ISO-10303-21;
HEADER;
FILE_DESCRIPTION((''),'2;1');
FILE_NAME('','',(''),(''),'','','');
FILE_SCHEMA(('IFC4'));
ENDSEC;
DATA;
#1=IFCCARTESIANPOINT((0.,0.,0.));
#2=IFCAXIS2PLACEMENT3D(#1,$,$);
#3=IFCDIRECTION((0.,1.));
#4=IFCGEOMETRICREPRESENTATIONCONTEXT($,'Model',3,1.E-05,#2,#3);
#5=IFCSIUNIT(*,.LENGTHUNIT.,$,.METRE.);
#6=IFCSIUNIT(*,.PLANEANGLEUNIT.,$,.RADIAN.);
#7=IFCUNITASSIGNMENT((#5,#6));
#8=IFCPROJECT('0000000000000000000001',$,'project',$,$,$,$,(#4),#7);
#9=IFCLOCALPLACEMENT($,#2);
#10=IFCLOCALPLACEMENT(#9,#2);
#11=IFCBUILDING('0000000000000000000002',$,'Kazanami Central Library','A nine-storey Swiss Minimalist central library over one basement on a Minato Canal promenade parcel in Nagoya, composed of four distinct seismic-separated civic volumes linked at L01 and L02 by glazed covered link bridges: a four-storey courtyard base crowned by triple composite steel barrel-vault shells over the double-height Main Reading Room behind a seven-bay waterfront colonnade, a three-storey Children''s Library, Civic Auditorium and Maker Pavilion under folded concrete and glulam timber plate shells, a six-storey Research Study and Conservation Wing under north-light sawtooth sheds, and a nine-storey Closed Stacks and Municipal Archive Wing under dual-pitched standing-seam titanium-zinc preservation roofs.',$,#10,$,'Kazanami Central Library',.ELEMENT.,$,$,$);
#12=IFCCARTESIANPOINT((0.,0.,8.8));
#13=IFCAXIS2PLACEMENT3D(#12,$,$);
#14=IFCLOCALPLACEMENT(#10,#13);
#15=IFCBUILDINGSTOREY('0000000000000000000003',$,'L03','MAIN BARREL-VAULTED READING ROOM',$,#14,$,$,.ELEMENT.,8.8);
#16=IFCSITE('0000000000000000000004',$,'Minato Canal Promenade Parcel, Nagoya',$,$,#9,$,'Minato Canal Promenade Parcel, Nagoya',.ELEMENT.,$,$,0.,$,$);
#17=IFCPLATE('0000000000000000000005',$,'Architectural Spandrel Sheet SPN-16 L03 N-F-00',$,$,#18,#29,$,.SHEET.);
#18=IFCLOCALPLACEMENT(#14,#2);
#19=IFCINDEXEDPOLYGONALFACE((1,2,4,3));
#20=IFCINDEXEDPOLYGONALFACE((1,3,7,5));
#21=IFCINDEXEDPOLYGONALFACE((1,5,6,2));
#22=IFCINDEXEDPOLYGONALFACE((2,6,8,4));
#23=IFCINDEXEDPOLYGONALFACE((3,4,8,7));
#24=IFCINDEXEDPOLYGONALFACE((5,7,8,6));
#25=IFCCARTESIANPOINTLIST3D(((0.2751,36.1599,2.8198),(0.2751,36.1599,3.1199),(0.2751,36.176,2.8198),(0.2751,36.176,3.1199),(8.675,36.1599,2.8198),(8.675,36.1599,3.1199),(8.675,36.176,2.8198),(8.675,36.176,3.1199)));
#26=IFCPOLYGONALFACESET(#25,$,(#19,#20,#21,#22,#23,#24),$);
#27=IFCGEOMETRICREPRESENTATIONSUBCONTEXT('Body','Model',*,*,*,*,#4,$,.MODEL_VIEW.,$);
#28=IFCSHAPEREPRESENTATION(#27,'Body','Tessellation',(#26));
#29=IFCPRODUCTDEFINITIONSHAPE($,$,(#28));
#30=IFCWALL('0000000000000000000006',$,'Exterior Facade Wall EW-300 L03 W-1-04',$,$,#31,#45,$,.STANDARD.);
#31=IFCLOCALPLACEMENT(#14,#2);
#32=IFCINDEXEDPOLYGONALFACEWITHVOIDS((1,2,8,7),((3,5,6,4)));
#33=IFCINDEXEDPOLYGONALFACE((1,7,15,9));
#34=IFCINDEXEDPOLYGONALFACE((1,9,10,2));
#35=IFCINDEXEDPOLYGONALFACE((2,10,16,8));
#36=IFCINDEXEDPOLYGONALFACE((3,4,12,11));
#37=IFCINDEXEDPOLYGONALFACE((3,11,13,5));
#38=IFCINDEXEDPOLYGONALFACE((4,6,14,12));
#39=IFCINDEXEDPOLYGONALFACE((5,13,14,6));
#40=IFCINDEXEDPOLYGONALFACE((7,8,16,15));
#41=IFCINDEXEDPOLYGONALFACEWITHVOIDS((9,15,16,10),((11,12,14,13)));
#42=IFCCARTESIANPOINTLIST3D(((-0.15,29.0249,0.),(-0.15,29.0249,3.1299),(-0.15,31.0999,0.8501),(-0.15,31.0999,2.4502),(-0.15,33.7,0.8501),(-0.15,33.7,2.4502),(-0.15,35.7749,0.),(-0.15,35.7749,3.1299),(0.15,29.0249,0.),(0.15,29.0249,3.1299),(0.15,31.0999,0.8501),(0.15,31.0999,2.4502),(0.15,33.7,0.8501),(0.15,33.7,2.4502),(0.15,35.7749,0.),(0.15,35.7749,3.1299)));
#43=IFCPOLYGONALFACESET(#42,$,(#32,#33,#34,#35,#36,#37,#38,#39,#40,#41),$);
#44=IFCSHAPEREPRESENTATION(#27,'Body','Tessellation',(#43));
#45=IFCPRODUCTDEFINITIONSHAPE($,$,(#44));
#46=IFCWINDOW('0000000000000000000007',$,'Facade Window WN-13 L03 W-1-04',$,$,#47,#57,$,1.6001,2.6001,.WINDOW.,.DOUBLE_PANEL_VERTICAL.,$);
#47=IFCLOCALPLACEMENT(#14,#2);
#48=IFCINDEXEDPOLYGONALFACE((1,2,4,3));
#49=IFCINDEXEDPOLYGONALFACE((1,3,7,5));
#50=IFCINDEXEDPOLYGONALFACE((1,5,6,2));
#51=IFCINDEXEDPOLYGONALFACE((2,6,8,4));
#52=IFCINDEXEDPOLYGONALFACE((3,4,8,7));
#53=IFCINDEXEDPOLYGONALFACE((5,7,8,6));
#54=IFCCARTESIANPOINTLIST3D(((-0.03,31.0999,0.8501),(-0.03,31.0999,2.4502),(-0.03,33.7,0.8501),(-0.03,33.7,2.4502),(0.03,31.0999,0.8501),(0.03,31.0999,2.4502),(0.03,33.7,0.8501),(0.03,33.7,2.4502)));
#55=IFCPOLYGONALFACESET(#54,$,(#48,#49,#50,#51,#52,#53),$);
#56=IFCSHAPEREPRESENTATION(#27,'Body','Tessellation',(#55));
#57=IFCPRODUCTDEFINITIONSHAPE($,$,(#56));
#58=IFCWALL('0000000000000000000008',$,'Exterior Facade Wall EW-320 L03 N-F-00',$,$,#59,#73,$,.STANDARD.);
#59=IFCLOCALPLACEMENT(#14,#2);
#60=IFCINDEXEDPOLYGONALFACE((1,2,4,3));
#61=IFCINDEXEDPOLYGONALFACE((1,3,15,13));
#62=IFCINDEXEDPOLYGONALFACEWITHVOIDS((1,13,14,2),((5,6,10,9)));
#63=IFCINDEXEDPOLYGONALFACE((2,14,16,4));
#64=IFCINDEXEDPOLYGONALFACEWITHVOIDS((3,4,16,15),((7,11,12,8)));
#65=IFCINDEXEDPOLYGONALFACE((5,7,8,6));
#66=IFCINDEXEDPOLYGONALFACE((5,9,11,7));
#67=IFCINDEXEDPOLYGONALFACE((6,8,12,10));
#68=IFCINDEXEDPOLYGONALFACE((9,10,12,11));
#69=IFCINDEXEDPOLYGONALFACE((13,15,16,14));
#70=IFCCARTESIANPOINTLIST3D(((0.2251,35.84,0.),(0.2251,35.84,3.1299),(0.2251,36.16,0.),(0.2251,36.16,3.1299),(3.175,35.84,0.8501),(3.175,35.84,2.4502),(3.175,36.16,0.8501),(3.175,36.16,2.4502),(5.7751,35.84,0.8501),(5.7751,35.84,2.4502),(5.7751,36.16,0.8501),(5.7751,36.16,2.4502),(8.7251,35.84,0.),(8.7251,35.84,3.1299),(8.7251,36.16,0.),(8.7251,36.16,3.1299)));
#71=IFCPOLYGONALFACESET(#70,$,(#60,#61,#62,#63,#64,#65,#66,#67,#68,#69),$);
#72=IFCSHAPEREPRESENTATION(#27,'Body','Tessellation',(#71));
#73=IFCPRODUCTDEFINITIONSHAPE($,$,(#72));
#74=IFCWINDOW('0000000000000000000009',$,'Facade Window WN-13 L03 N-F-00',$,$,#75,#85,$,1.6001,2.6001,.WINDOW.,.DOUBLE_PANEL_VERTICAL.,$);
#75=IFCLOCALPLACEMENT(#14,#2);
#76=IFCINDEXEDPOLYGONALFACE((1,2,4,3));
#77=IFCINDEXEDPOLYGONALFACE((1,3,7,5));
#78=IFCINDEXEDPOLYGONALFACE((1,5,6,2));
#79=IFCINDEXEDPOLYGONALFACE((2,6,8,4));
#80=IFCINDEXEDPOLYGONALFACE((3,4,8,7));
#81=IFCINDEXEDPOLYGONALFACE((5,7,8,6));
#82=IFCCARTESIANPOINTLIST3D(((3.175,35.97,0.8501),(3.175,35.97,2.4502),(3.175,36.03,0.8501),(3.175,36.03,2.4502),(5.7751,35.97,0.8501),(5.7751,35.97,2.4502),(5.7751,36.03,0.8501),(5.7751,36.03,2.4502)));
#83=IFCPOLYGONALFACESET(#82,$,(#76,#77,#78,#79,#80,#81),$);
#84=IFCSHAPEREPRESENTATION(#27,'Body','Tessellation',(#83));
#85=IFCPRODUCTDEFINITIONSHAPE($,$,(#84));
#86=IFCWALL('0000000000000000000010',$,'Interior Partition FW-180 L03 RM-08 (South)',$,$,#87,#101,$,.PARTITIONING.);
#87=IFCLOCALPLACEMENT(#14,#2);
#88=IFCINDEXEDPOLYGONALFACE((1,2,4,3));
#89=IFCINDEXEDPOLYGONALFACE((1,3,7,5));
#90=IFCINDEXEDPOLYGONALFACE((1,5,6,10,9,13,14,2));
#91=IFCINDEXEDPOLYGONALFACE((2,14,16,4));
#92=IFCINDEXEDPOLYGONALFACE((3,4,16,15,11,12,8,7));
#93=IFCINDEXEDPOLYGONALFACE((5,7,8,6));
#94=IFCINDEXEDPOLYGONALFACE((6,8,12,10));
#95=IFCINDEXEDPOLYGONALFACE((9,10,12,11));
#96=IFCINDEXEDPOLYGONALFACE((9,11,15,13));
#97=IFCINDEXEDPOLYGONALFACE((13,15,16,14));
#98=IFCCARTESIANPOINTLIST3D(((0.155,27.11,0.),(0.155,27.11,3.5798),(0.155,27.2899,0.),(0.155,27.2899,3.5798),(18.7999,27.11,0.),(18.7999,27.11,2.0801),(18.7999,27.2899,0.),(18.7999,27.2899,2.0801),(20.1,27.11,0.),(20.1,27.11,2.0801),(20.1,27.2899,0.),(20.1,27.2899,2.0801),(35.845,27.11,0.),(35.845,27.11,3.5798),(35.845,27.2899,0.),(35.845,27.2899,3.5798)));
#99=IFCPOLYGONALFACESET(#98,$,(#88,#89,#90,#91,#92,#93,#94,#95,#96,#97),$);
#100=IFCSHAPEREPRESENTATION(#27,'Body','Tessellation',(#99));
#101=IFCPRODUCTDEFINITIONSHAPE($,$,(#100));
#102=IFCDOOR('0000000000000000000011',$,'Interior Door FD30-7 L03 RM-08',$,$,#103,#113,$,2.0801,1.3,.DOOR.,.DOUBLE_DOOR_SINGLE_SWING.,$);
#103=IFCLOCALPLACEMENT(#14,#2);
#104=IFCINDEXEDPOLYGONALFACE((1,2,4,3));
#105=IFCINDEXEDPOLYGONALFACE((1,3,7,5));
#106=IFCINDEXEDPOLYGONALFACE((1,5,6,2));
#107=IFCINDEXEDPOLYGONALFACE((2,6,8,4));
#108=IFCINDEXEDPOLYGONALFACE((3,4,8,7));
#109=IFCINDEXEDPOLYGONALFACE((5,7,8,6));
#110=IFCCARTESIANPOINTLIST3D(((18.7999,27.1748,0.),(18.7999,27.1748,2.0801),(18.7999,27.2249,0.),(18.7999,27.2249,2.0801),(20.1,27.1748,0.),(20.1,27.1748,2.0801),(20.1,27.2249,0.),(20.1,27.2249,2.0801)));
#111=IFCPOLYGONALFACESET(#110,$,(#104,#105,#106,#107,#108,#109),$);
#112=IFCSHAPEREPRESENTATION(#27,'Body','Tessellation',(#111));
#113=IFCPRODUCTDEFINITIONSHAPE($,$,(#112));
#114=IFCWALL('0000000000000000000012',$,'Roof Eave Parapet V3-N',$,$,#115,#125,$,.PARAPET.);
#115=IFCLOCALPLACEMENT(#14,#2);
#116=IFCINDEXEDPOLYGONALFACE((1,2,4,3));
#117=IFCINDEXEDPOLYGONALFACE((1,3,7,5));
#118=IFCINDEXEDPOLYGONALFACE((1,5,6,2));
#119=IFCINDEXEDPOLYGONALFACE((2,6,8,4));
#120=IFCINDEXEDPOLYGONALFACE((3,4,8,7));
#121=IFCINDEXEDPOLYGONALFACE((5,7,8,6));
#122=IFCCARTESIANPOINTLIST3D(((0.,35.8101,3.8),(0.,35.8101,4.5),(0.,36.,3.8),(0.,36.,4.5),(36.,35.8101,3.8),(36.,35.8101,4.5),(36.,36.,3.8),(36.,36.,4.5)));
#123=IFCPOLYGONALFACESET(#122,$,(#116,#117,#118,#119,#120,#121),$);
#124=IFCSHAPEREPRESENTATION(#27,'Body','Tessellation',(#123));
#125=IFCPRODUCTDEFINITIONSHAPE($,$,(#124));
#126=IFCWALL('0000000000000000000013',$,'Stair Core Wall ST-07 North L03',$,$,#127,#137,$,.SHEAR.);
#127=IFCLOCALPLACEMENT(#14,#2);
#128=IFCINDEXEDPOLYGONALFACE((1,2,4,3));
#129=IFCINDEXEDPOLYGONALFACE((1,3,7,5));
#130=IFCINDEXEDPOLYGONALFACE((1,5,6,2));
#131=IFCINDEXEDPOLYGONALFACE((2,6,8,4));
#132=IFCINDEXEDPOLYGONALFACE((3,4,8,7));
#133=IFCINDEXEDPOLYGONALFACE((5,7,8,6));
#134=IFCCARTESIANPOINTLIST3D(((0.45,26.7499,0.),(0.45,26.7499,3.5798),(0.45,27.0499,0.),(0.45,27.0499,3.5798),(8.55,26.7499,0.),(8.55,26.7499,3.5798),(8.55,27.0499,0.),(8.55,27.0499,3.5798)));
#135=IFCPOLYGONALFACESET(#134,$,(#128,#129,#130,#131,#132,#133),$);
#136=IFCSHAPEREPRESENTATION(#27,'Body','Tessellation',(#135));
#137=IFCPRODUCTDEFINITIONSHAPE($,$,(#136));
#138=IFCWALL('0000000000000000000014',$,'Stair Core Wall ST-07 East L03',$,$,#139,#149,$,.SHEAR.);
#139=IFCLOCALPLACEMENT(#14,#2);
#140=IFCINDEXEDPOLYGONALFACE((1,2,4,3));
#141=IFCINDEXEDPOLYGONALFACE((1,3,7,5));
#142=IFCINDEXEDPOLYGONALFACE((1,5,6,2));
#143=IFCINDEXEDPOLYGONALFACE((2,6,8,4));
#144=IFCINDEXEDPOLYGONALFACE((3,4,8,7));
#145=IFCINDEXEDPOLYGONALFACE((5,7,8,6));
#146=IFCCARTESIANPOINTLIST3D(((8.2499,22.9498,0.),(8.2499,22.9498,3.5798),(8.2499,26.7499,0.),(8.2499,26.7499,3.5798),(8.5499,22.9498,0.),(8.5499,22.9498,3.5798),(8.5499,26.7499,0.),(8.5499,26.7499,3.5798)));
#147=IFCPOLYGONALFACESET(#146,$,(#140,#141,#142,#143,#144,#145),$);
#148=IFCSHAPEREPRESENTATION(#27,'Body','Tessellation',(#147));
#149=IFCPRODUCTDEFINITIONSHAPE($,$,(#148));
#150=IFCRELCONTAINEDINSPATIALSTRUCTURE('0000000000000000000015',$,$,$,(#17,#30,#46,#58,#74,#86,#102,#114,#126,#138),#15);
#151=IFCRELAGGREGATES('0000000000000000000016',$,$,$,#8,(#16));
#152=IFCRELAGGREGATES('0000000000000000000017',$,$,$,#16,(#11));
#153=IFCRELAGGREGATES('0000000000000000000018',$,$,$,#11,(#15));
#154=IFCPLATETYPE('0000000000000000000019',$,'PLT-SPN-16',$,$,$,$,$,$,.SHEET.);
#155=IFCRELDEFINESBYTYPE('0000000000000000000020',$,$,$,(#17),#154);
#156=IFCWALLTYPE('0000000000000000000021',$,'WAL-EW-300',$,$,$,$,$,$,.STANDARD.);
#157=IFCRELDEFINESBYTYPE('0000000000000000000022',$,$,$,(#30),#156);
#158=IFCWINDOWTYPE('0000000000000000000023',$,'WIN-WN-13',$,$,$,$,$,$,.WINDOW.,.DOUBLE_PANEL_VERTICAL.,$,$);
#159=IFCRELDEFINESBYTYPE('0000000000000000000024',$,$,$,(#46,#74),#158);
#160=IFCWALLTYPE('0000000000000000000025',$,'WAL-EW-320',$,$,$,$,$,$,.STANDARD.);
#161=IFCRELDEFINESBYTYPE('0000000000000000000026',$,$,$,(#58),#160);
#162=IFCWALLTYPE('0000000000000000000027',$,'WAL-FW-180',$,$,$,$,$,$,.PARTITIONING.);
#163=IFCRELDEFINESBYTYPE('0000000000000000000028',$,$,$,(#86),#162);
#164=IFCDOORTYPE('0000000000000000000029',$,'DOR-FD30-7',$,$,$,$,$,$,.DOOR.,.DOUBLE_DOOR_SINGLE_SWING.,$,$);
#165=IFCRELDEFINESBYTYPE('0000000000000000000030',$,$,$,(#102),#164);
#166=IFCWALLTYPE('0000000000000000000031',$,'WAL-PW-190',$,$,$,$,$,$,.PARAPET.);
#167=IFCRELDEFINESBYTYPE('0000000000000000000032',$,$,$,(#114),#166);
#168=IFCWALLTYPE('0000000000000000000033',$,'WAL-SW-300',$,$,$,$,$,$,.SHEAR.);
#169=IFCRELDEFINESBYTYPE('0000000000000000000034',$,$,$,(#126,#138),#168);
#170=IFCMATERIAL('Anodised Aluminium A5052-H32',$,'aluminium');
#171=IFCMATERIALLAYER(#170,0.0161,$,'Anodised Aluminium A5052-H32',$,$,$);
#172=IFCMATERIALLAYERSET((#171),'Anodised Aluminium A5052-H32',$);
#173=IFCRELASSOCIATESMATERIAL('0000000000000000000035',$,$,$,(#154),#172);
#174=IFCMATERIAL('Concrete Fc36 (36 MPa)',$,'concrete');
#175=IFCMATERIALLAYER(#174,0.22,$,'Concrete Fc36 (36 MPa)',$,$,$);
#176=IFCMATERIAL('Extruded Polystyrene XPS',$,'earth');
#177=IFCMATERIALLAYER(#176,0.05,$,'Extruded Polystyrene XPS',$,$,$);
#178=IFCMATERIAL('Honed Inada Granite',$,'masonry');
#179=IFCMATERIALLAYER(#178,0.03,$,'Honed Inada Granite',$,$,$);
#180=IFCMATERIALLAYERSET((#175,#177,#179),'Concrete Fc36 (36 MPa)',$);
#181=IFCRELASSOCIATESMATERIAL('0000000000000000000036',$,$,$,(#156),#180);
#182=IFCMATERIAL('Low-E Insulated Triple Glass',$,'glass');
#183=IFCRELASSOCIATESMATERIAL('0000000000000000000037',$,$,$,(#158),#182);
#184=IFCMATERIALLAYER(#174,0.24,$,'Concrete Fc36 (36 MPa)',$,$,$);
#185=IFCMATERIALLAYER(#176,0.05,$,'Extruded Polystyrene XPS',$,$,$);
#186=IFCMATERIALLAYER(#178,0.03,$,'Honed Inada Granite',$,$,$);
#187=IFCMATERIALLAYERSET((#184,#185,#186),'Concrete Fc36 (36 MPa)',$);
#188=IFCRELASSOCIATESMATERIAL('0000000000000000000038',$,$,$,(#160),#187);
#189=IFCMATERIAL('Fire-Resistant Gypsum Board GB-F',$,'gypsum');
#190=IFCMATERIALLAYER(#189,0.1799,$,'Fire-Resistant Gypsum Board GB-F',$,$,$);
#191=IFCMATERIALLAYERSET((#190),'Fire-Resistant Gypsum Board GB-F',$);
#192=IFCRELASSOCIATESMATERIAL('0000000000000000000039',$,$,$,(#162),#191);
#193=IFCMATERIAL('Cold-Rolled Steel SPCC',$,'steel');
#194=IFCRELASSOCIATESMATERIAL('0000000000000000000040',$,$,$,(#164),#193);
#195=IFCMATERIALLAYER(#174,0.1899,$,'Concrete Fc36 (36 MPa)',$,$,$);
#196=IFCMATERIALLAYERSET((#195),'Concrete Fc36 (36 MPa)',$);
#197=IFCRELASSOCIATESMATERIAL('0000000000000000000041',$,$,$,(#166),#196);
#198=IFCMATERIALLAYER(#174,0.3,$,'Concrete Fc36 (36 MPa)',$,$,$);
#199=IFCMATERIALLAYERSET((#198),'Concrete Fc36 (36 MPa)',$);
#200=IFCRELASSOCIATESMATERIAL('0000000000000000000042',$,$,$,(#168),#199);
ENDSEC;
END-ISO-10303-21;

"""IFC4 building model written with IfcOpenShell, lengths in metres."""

from ifc_helpers import new_model, si_unit, direction, frame, frame_2d, origin, origin_2d, place, context, subcontext, project, spatial, rectangle, extrude, material, layer, layer_set, type_object, element, fill, save


model = new_model("IFC4")

# Units and contexts
model_context = context("Model", 3, precision=1e-05, world=origin(), true_north=direction((0.0, 1.0)))
body_context = subcontext(model_context, "Body", "Model", "MODEL_VIEW")
ifc_project = project(units=[si_unit("LENGTHUNIT", "METRE"), si_unit("PLANEANGLEUNIT", "RADIAN")], contexts=[model_context])

# Site, building, storey
site_placement = place(None, origin())
site = spatial("IfcSite", under=ifc_project, at=site_placement, Name="Minato Canal Promenade Parcel, Nagoya", LongName="Minato Canal Promenade Parcel, Nagoya", CompositionType="ELEMENT", RefElevation=0.0)
building_placement = place(site_placement, origin())
building = spatial("IfcBuilding", under=site, at=building_placement, Name="Kazanami Central Library", Description="A nine-storey Swiss Minimalist central library over one basement on a Minato Canal promenade parcel in Nagoya, composed of four distinct seismic-separated civic volumes linked at L01 and L02 by glazed covered link bridges: a four-storey courtyard base crowned by triple composite steel barrel-vault shells over the double-height Main Reading Room behind a seven-bay waterfront colonnade, a three-storey Children's Library, Civic Auditorium and Maker Pavilion under folded concrete and glulam timber plate shells, a six-storey Research Study and Conservation Wing under north-light sawtooth sheds, and a nine-storey Closed Stacks and Municipal Archive Wing under dual-pitched standing-seam titanium-zinc preservation roofs.", LongName="Kazanami Central Library", CompositionType="ELEMENT")
storey_placement = place(building_placement, frame((0.0, 0.0, 8.8)))
storey = spatial("IfcBuildingStorey", under=building, at=storey_placement, Name="L03", Description="MAIN BARREL-VAULTED READING ROOM", CompositionType="ELEMENT", Elevation=8.8)

# Plate
ifc_material_1 = material(Name="Anodised Aluminium A5052-H32", Category="aluminium")
ifc_layer_1 = layer(ifc_material_1, 0.0161, Name="Anodised Aluminium A5052-H32")
ifc_layer_set_1 = layer_set([ifc_layer_1], Name="Anodised Aluminium A5052-H32")
plate_type = type_object("IfcPlateType", Name="PLT-SPN-16", PredefinedType="SHEET", material=ifc_layer_set_1)
plate_placement = place(storey_placement, frame((4.4751, 36.168, 2.8198), z_axis=(0.0, 0.0, 1.0), x_axis=(-1.0, 0.0, 0.0)))
element("IfcPlate", 1, at=plate_placement, inside=storey, type_object=plate_type, Name="Architectural Spandrel Sheet SPN-16 L03 N-F-00", PredefinedType="SHEET", context=body_context, shape_type="SweptSolid", body=[
    extrude(rectangle(XDim=8.3999, YDim=0.0161, at=origin_2d()), origin(), (0.0, 0.0, 1.0), 0.3),
])

# Walls, openings, windows
ifc_material_2 = material(Name="Concrete Fc36 (36 MPa)", Category="concrete")
ifc_layer_2 = layer(ifc_material_2, 0.22, Name="Concrete Fc36 (36 MPa)")
ifc_material_3 = material(Name="Extruded Polystyrene XPS", Category="earth")
ifc_layer_3 = layer(ifc_material_3, 0.05, Name="Extruded Polystyrene XPS")
ifc_material_4 = material(Name="Honed Inada Granite", Category="masonry")
ifc_layer_4 = layer(ifc_material_4, 0.03, Name="Honed Inada Granite")
ifc_layer_set_2 = layer_set([ifc_layer_2, ifc_layer_3, ifc_layer_4], Name="Concrete Fc36 (36 MPa)")
wall_type_1 = type_object("IfcWallType", Name="WAL-EW-300", PredefinedType="STANDARD", material=ifc_layer_set_2)
wall_1_placement = place(storey_placement, frame((0.0, 29.0249, 0.0), z_axis=(0.0, 0.0, 1.0), x_axis=(0.0, 1.0, 0.0)))
wall_1 = element("IfcWall", 2, at=wall_1_placement, inside=storey, type_object=wall_type_1, Name="Exterior Facade Wall EW-300 L03 W-1-04", PredefinedType="STANDARD", context=body_context, shape_type="SweptSolid", body=[
    extrude(rectangle(XDim=6.75, YDim=0.3, at=frame_2d((3.375, 0.0))), origin(), (0.0, 0.0, 1.0), 3.1299),
])
opening_1_placement = place(wall_1_placement, frame((2.075, 0.0, 0.8501)))
opening_1 = element("IfcOpeningElement", 3, at=opening_1_placement, cuts=wall_1, PredefinedType="OPENING", context=body_context, shape_type="SweptSolid", body=[
    extrude(rectangle(XDim=2.6001, YDim=1.6001, at=frame_2d((1.3, 0.8))), frame((0.0, 0.1621, 0.0), z_axis=(0.0, -1.0, 0.0), x_axis=(1.0, 0.0, 0.0)), (0.0, 0.0, 1.0), 0.324),
])
ifc_material_5 = material(Name="Low-E Insulated Triple Glass", Category="glass")
window_type = type_object("IfcWindowType", Name="WIN-WN-13", PartitioningType="DOUBLE_PANEL_VERTICAL", PredefinedType="WINDOW", material=ifc_material_5)
window_1_placement = place(opening_1_placement, origin())
window_1 = element("IfcWindow", 4, at=window_1_placement, inside=storey, type_object=window_type, Name="Facade Window WN-13 L03 W-1-04", OverallHeight=1.6001, OverallWidth=2.6001, PartitioningType="DOUBLE_PANEL_VERTICAL", PredefinedType="WINDOW", context=body_context, shape_type="SweptSolid", body=[
    extrude(rectangle(XDim=2.6001, YDim=1.6001, at=frame_2d((1.3, 0.8))), frame((0.0, 0.03, 0.0), z_axis=(0.0, -1.0, 0.0), x_axis=(1.0, 0.0, 0.0)), (0.0, 0.0, 1.0), 0.0601),
])
fill(opening_1, window_1)
ifc_layer_5 = layer(ifc_material_2, 0.24, Name="Concrete Fc36 (36 MPa)")
ifc_layer_6 = layer(ifc_material_3, 0.05, Name="Extruded Polystyrene XPS")
ifc_layer_7 = layer(ifc_material_4, 0.03, Name="Honed Inada Granite")
ifc_layer_set_3 = layer_set([ifc_layer_5, ifc_layer_6, ifc_layer_7], Name="Concrete Fc36 (36 MPa)")
wall_type_2 = type_object("IfcWallType", Name="WAL-EW-320", PredefinedType="STANDARD", material=ifc_layer_set_3)
wall_2_placement = place(storey_placement, frame((8.7251, 36.0, 0.0), z_axis=(0.0, 0.0, 1.0), x_axis=(-1.0, 0.0, 0.0)))
wall_2 = element("IfcWall", 5, at=wall_2_placement, inside=storey, type_object=wall_type_2, Name="Exterior Facade Wall EW-320 L03 N-F-00", PredefinedType="STANDARD", context=body_context, shape_type="SweptSolid", body=[
    extrude(rectangle(XDim=8.5, YDim=0.3201, at=frame_2d((4.25, 0.0))), origin(), (0.0, 0.0, 1.0), 3.1299),
])
opening_2_placement = place(wall_2_placement, frame((2.95, 0.0, 0.8501)))
opening_2 = element("IfcOpeningElement", 6, at=opening_2_placement, cuts=wall_2, PredefinedType="OPENING", context=body_context, shape_type="SweptSolid", body=[
    extrude(rectangle(XDim=2.6001, YDim=1.6001, at=frame_2d((1.3, 0.8))), frame((0.0, 0.1719, 0.0), z_axis=(0.0, -1.0, 0.0), x_axis=(1.0, 0.0, 0.0)), (0.0, 0.0, 1.0), 0.344),
])
window_2_placement = place(opening_2_placement, origin())
window_2 = element("IfcWindow", 7, at=window_2_placement, inside=storey, type_object=window_type, Name="Facade Window WN-13 L03 N-F-00", OverallHeight=1.6001, OverallWidth=2.6001, PartitioningType="DOUBLE_PANEL_VERTICAL", PredefinedType="WINDOW", context=body_context, shape_type="SweptSolid", body=[
    extrude(rectangle(XDim=2.6001, YDim=1.6001, at=frame_2d((1.3, 0.8))), frame((0.0, 0.03, 0.0), z_axis=(0.0, -1.0, 0.0), x_axis=(1.0, 0.0, 0.0)), (0.0, 0.0, 1.0), 0.0601),
])
fill(opening_2, window_2)

# Wall, opening, door
ifc_material_6 = material(Name="Fire-Resistant Gypsum Board GB-F", Category="gypsum")
ifc_layer_8 = layer(ifc_material_6, 0.1799, Name="Fire-Resistant Gypsum Board GB-F")
ifc_layer_set_4 = layer_set([ifc_layer_8], Name="Fire-Resistant Gypsum Board GB-F")
wall_type_3 = type_object("IfcWallType", Name="WAL-FW-180", PredefinedType="PARTITIONING", material=ifc_layer_set_4)
wall_3_placement = place(storey_placement, frame((0.155, 27.2, 0.0), z_axis=(0.0, 0.0, 1.0), x_axis=(1.0, 0.0, 0.0)))
wall_3 = element("IfcWall", 8, at=wall_3_placement, inside=storey, type_object=wall_type_3, Name="Interior Partition FW-180 L03 RM-08 (South)", PredefinedType="PARTITIONING", context=body_context, shape_type="SweptSolid", body=[
    extrude(rectangle(XDim=35.6899, YDim=0.1799, at=frame_2d((17.845, 0.0))), origin(), (0.0, 0.0, 1.0), 3.5798),
])
opening_3_placement = place(wall_3_placement, frame((18.645, 0.0, 0.0)))
opening_3 = element("IfcOpeningElement", 9, at=opening_3_placement, cuts=wall_3, PredefinedType="OPENING", context=body_context, shape_type="SweptSolid", body=[
    extrude(rectangle(XDim=1.3, YDim=2.0801, at=frame_2d((0.6499, 1.04))), frame((0.0, 0.1021, 0.0), z_axis=(0.0, -1.0, 0.0), x_axis=(1.0, 0.0, 0.0)), (0.0, 0.0, 1.0), 0.2039),
])
ifc_material_7 = material(Name="Cold-Rolled Steel SPCC", Category="steel")
door_type = type_object("IfcDoorType", Name="DOR-FD30-7", OperationType="DOUBLE_DOOR_SINGLE_SWING", PredefinedType="DOOR", material=ifc_material_7)
door_placement = place(opening_3_placement, origin())
door = element("IfcDoor", 10, at=door_placement, inside=storey, type_object=door_type, Name="Interior Door FD30-7 L03 RM-08", OperationType="DOUBLE_DOOR_SINGLE_SWING", OverallHeight=2.0801, OverallWidth=1.3, PredefinedType="DOOR", context=body_context, shape_type="SweptSolid", body=[
    extrude(rectangle(XDim=1.3, YDim=2.0801, at=frame_2d((0.6499, 1.04))), frame((0.0, 0.0249, 0.0), z_axis=(0.0, -1.0, 0.0), x_axis=(1.0, 0.0, 0.0)), (0.0, 0.0, 1.0), 0.05),
])
fill(opening_3, door)

# Walls
ifc_layer_9 = layer(ifc_material_2, 0.1899, Name="Concrete Fc36 (36 MPa)")
ifc_layer_set_5 = layer_set([ifc_layer_9], Name="Concrete Fc36 (36 MPa)")
wall_type_4 = type_object("IfcWallType", Name="WAL-PW-190", PredefinedType="PARAPET", material=ifc_layer_set_5)
wall_4_placement = place(storey_placement, frame((0.0, 35.905, 3.8), z_axis=(0.0, 0.0, 1.0), x_axis=(1.0, 0.0, 0.0)))
element("IfcWall", 11, at=wall_4_placement, inside=storey, type_object=wall_type_4, Name="Roof Eave Parapet V3-N", PredefinedType="PARAPET", context=body_context, shape_type="SweptSolid", body=[
    extrude(rectangle(XDim=36.0, YDim=0.1899, at=frame_2d((18.0, 0.0))), origin(), (0.0, 0.0, 1.0), 0.7),
])
ifc_layer_10 = layer(ifc_material_2, 0.3, Name="Concrete Fc36 (36 MPa)")
ifc_layer_set_6 = layer_set([ifc_layer_10], Name="Concrete Fc36 (36 MPa)")
wall_type_5 = type_object("IfcWallType", Name="WAL-SW-300", PredefinedType="SHEAR", material=ifc_layer_set_6)
wall_5_placement = place(storey_placement, frame((0.45, 26.8999, 0.0), z_axis=(0.0, 0.0, 1.0), x_axis=(1.0, 0.0, 0.0)))
element("IfcWall", 12, at=wall_5_placement, inside=storey, type_object=wall_type_5, Name="Stair Core Wall ST-07 North L03", PredefinedType="SHEAR", context=body_context, shape_type="SweptSolid", body=[
    extrude(rectangle(XDim=8.1001, YDim=0.3, at=frame_2d((4.05, 0.0))), origin(), (0.0, 0.0, 1.0), 3.5798),
])
wall_6_placement = place(storey_placement, frame((8.3999, 22.95, 0.0), z_axis=(0.0, 0.0, 1.0), x_axis=(0.0, 1.0, 0.0)))
element("IfcWall", 13, at=wall_6_placement, inside=storey, type_object=wall_type_5, Name="Stair Core Wall ST-07 East L03", PredefinedType="SHEAR", context=body_context, shape_type="SweptSolid", body=[
    extrude(rectangle(XDim=3.8, YDim=0.3, at=frame_2d((1.8999, 0.0))), origin(), (0.0, 0.0, 1.0), 3.5798),
])

save(model, "model.ifc")
